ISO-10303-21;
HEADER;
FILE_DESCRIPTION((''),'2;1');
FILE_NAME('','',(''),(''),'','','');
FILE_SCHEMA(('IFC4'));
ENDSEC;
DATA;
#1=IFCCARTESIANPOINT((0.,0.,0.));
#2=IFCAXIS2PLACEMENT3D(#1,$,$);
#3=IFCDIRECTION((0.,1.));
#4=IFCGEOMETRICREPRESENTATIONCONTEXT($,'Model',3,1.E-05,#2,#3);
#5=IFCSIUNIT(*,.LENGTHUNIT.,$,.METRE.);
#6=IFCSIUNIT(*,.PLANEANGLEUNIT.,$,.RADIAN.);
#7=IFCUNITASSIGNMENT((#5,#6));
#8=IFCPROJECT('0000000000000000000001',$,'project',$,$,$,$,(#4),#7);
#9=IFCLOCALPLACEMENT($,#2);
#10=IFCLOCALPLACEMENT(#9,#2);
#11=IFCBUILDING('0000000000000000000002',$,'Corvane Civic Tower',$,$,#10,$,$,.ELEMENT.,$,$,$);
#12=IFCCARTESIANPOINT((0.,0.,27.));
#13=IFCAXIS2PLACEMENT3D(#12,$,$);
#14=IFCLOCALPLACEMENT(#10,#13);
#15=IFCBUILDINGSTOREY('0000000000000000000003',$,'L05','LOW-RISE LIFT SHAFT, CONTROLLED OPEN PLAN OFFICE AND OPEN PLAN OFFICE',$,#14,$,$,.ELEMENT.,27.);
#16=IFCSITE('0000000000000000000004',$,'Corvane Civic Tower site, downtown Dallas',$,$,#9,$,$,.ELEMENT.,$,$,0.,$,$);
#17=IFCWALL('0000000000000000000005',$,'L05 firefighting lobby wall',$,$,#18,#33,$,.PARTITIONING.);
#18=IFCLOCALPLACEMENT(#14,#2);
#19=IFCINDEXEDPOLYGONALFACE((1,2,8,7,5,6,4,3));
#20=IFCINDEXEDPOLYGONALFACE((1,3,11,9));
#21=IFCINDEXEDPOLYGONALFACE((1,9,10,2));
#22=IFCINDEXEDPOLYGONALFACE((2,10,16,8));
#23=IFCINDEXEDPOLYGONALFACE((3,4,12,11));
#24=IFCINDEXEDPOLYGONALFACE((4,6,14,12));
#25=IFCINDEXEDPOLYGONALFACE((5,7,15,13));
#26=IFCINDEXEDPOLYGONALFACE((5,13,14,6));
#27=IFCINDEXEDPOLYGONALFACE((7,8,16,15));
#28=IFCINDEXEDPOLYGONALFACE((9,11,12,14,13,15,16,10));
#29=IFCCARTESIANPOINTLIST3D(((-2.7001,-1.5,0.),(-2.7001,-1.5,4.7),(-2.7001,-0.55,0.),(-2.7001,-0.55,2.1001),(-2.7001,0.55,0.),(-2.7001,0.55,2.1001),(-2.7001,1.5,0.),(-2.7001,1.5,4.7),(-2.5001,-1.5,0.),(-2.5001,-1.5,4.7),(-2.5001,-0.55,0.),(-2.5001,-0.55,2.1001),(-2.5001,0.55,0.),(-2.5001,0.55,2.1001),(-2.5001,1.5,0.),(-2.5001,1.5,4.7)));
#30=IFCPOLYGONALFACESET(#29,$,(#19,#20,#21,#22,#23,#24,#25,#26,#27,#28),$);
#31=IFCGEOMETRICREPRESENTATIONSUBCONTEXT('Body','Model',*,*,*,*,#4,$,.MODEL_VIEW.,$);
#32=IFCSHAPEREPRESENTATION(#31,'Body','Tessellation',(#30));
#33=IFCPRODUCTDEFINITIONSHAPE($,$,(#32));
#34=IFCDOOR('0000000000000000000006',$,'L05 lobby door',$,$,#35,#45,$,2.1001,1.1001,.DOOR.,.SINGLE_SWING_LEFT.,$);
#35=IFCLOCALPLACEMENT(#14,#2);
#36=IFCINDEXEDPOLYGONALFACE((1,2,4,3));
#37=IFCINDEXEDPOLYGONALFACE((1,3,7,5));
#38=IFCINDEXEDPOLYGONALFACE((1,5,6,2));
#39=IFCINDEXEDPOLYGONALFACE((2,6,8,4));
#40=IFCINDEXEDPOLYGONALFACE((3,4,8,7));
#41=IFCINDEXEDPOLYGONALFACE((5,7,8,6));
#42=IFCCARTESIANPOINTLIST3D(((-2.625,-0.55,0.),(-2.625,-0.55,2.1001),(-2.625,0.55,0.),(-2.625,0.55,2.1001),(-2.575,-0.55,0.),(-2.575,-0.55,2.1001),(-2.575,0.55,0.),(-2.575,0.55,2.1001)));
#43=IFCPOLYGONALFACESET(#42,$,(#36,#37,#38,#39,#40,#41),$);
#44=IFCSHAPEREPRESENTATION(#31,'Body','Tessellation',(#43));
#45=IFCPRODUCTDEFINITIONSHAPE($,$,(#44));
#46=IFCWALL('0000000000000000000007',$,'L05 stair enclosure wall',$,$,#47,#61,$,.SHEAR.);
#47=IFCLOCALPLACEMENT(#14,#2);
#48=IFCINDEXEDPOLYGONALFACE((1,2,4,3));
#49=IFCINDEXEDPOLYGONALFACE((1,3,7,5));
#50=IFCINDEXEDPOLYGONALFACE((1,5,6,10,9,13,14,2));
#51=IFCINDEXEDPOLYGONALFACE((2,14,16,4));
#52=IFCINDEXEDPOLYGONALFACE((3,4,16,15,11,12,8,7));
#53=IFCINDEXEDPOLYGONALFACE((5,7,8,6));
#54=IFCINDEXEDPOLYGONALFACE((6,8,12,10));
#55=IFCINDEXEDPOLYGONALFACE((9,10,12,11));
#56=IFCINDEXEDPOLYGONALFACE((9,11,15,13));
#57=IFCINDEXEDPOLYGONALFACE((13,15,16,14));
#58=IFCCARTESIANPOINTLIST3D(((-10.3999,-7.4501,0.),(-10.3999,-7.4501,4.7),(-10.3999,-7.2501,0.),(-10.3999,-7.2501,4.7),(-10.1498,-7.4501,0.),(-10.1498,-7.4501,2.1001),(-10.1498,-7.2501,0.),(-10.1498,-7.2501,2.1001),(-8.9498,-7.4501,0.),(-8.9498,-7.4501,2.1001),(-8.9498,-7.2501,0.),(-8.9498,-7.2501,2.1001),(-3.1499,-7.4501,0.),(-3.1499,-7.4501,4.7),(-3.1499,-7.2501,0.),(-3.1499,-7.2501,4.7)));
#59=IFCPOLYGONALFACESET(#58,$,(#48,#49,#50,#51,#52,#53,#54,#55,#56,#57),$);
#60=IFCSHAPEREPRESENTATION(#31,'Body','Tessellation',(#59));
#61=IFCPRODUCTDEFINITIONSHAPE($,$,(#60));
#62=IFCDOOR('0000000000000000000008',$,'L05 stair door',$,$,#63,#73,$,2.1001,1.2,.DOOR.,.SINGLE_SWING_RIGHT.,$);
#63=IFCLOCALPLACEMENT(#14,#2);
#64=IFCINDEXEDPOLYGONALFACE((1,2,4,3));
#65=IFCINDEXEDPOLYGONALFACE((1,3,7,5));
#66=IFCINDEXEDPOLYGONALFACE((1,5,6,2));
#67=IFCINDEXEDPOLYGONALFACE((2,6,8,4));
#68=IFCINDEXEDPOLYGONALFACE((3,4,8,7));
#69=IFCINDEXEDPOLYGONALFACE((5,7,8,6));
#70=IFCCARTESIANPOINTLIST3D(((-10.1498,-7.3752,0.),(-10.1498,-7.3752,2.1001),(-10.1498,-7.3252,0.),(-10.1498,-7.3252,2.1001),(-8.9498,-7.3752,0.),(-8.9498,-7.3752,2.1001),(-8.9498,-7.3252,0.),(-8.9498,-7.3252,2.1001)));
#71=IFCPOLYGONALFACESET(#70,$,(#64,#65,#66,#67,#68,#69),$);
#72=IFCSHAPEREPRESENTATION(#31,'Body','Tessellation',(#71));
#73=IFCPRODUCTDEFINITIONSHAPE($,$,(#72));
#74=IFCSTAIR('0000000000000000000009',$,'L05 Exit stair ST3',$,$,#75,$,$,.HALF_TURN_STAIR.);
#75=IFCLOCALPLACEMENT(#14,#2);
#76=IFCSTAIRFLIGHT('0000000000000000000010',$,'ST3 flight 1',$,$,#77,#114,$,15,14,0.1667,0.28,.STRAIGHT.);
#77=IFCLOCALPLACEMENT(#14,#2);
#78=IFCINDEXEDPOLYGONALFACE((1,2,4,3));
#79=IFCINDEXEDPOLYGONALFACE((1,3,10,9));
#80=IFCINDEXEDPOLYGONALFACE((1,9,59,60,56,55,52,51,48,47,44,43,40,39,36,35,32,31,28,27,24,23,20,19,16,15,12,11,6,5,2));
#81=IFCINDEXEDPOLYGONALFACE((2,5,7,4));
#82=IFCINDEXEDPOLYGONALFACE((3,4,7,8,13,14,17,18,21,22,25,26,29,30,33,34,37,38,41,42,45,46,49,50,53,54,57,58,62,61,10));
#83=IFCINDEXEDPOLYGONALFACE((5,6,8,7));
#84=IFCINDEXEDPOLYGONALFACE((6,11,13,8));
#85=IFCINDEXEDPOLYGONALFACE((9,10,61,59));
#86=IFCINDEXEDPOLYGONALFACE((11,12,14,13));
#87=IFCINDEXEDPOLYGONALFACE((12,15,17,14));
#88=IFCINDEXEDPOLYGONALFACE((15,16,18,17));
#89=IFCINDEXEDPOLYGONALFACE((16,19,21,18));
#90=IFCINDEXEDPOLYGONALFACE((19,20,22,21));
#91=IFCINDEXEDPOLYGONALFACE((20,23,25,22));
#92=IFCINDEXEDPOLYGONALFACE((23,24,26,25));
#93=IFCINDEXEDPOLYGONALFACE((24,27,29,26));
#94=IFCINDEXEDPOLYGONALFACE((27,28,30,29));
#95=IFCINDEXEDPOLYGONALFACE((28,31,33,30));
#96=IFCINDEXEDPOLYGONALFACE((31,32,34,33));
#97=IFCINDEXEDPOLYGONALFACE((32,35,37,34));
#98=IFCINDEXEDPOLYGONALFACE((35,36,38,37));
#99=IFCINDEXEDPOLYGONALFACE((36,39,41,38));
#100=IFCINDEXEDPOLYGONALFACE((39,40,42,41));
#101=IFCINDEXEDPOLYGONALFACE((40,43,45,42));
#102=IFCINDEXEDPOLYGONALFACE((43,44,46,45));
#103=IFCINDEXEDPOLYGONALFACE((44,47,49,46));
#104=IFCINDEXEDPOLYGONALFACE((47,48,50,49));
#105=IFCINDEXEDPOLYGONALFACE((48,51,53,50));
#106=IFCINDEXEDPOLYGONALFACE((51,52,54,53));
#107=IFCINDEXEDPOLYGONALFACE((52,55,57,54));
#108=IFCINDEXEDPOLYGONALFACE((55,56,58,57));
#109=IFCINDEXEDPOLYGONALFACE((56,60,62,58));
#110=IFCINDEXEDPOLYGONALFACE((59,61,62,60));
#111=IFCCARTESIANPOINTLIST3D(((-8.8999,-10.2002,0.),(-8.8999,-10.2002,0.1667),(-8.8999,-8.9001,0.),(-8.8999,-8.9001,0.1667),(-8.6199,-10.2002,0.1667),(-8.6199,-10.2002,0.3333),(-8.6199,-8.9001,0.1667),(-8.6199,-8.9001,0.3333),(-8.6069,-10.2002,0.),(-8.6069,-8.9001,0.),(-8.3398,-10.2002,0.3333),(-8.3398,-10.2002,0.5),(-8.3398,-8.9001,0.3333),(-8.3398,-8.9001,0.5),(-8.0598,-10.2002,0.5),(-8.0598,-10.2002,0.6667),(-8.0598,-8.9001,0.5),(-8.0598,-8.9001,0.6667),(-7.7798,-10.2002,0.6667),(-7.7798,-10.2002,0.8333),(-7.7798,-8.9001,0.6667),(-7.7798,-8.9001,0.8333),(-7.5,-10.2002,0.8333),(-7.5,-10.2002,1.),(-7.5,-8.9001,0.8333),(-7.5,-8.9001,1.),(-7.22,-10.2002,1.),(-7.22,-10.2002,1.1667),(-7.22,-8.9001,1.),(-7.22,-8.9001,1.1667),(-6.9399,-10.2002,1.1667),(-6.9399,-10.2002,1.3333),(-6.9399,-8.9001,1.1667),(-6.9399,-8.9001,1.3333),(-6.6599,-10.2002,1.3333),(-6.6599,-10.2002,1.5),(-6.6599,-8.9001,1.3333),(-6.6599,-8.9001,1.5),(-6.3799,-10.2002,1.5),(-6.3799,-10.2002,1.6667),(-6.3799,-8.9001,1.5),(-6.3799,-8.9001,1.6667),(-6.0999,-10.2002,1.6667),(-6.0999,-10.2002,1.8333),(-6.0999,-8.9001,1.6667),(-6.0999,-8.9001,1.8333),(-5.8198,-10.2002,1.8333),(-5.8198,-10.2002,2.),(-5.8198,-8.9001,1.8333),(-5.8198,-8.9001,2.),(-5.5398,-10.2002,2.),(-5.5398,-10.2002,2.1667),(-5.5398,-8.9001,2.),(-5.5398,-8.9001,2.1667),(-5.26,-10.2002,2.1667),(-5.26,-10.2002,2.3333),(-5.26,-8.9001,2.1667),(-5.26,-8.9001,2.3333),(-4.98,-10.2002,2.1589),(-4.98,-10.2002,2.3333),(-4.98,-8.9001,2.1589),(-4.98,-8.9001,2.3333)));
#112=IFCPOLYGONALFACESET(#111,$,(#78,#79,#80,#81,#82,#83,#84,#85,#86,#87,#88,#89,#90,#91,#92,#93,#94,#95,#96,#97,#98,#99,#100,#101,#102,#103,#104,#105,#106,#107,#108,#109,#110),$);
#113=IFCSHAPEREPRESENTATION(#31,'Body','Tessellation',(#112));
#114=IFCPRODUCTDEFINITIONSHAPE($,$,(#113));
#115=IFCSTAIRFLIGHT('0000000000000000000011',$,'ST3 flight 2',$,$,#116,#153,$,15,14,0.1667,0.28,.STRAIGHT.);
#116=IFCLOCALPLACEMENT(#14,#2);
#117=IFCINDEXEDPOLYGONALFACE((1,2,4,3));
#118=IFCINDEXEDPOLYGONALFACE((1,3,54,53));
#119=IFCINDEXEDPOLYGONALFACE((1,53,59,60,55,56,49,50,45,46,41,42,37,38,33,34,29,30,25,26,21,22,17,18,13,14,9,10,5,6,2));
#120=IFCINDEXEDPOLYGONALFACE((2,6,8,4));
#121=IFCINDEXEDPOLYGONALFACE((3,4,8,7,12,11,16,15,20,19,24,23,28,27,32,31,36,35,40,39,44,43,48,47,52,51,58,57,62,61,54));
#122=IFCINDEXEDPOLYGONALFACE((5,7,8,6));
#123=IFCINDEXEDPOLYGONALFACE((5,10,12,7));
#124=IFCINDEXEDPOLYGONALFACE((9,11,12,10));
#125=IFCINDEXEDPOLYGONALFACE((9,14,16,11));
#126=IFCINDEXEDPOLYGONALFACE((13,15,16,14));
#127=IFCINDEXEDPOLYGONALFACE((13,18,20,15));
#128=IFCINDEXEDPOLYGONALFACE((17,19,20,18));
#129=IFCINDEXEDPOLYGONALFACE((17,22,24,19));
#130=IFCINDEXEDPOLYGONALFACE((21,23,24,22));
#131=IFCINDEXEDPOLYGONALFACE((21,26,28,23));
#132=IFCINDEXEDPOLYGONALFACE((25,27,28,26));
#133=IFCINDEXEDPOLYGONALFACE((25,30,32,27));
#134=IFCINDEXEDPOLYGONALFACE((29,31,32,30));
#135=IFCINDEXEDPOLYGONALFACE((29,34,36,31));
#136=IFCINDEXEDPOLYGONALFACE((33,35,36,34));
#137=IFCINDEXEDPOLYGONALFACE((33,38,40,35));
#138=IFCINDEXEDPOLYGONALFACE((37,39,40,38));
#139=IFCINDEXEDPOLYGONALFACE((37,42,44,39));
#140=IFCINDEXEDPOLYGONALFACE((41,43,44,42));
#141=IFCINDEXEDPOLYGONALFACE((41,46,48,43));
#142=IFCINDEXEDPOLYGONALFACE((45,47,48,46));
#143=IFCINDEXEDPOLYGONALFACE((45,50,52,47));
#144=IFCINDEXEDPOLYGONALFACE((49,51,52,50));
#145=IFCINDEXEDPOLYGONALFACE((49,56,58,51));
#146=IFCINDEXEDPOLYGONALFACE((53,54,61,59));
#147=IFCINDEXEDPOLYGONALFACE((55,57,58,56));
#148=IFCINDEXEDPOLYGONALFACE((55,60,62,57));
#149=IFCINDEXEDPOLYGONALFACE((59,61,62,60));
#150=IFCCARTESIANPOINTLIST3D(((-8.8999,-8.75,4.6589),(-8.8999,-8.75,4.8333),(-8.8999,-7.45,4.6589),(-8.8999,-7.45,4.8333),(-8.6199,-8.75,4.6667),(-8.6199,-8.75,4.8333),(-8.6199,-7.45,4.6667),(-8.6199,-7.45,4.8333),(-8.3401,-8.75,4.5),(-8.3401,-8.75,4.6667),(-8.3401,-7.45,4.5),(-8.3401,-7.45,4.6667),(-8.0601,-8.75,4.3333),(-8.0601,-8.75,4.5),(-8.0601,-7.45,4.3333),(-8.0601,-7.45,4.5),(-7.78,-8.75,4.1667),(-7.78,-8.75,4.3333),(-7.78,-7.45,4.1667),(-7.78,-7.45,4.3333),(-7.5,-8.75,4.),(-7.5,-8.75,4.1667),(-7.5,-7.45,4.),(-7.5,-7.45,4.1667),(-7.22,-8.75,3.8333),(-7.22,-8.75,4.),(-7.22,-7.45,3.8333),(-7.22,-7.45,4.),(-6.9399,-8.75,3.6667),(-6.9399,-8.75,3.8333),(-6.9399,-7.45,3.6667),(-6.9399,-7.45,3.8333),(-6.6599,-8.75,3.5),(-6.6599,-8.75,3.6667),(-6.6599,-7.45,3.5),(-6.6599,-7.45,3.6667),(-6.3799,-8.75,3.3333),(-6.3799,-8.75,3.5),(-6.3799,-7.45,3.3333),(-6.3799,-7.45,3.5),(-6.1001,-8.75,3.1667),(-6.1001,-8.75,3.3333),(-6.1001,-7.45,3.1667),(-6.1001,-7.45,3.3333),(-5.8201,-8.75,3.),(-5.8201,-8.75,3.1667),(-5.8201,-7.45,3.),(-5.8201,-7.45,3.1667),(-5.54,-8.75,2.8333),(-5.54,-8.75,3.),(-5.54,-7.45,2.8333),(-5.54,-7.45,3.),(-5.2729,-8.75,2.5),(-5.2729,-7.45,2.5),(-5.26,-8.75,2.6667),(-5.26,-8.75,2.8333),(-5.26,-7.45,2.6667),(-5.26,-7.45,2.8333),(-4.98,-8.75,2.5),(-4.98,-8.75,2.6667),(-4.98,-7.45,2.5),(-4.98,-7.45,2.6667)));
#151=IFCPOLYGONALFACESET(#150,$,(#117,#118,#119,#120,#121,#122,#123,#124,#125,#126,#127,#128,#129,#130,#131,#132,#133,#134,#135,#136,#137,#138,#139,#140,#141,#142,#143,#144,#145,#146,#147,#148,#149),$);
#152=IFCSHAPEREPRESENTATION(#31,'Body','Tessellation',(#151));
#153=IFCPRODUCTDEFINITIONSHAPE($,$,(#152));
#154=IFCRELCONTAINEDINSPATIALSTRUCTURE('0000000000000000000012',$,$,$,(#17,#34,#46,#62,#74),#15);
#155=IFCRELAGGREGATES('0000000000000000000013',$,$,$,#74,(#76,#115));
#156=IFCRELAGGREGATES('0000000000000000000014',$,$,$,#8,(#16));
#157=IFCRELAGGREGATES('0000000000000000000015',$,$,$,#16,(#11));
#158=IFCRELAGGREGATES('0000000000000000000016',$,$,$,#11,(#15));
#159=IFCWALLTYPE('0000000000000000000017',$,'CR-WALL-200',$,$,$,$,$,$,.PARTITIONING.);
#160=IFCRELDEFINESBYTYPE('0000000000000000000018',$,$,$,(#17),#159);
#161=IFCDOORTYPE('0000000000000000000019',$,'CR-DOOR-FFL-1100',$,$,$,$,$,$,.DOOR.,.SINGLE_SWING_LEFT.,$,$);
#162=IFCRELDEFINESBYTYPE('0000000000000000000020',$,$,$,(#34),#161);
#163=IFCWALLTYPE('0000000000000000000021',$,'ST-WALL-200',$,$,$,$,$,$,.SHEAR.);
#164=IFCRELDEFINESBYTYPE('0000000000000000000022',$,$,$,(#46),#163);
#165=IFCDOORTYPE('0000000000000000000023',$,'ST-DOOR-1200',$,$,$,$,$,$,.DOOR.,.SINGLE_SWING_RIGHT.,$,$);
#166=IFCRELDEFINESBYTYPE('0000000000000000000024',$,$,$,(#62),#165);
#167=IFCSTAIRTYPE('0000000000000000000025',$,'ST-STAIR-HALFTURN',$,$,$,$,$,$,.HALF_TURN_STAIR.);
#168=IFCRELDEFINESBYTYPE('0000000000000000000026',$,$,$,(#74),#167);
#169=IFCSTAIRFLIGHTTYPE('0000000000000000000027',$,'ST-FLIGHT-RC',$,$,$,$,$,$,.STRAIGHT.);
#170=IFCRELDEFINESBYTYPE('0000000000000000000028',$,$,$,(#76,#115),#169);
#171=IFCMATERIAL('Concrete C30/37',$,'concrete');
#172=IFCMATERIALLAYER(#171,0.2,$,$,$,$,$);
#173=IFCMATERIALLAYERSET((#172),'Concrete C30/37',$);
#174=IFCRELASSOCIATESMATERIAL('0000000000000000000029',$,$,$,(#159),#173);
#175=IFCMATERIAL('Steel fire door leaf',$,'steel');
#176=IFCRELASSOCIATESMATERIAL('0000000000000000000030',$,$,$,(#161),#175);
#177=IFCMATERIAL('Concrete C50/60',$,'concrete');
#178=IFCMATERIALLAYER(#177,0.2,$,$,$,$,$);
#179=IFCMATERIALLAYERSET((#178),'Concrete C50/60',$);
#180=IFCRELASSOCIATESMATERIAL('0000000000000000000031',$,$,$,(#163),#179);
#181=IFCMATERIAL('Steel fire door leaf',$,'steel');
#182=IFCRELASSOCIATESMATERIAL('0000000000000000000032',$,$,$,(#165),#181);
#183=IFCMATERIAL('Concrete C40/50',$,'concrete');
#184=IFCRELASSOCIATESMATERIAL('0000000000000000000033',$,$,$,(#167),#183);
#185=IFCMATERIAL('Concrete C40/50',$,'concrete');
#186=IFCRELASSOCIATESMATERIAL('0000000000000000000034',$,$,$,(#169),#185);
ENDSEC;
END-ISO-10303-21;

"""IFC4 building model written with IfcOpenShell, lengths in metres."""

from ifc_helpers import new_model, si_unit, direction, frame, frame_2d, origin, place, context, subcontext, project, spatial, polyline, rectangle, outline, extrude, material, layer, layer_set, type_object, element, fill, aggregate, save


model = new_model("IFC4")

# Units and contexts
model_context = context("Model", 3, precision=1e-05, world=origin(), true_north=direction((0.0, 1.0)))
body_context = subcontext(model_context, "Body", "Model", "MODEL_VIEW")
ifc_project = project(units=[si_unit("LENGTHUNIT", "METRE"), si_unit("PLANEANGLEUNIT", "RADIAN")], contexts=[model_context])

# Site, building, storey
site_placement = place(None, origin())
site = spatial("IfcSite", under=ifc_project, at=site_placement, Name="Corvane Civic Tower site, downtown Dallas", CompositionType="ELEMENT", RefElevation=0.0)
building_placement = place(site_placement, origin())
building = spatial("IfcBuilding", under=site, at=building_placement, Name="Corvane Civic Tower", CompositionType="ELEMENT")
storey_placement = place(building_placement, frame((0.0, 0.0, 27.0)))
storey = spatial("IfcBuildingStorey", under=building, at=storey_placement, Name="L05", Description="LOW-RISE LIFT SHAFT, CONTROLLED OPEN PLAN OFFICE AND OPEN PLAN OFFICE", CompositionType="ELEMENT", Elevation=27.0)

# Shared definitions
ifc_material_1 = material(Name="Concrete C30/37", Category="concrete")
ifc_layer_1 = layer(ifc_material_1, 0.2)
ifc_layer_set_1 = layer_set([ifc_layer_1], Name="Concrete C30/37")
wall_type_1 = type_object("IfcWallType", Name="CR-WALL-200", PredefinedType="PARTITIONING", material=ifc_layer_set_1)

# Walls, openings, doors
ifc_material_2 = material(Name="Steel fire door leaf", Category="steel")
door_type_1 = type_object("IfcDoorType", Name="CR-DOOR-FFL-1100", OperationType="SINGLE_SWING_LEFT", PredefinedType="DOOR", material=ifc_material_2)
wall_1_placement = place(storey_placement, frame((-2.6001, -1.5, 0.0), z_axis=(0.0, 0.0, 1.0), x_axis=(0.0, 1.0, 0.0)))
wall_1 = element("IfcWall", 1, at=wall_1_placement, inside=storey, type_object=wall_type_1, Name="L05 firefighting lobby wall", PredefinedType="PARTITIONING", context=body_context, shape_type="SweptSolid", body=[
    extrude(rectangle(XDim=3.0, YDim=0.2, at=frame_2d((1.5, 0.0))), origin(), (0.0, 0.0, 1.0), 4.7),
])
opening_1_placement = place(wall_1_placement, frame((0.95, 0.0, 0.0)))
opening_1 = element("IfcOpeningElement", 2, at=opening_1_placement, cuts=wall_1, PredefinedType="OPENING", context=body_context, shape_type="SweptSolid", body=[
    extrude(rectangle(XDim=1.1001, YDim=2.1001, at=frame_2d((0.55, 1.05))), frame((0.0, 0.1099, 0.0), z_axis=(0.0, -1.0, 0.0), x_axis=(1.0, 0.0, 0.0)), (0.0, 0.0, 1.0), 0.22),
])
door_1_placement = place(opening_1_placement, origin())
door_1 = element("IfcDoor", 3, at=door_1_placement, inside=storey, type_object=door_type_1, Name="L05 lobby door", OperationType="SINGLE_SWING_LEFT", OverallHeight=2.1001, OverallWidth=1.1001, PredefinedType="DOOR", context=body_context, shape_type="SweptSolid", body=[
    extrude(rectangle(XDim=1.1001, YDim=2.1001, at=frame_2d((0.55, 1.05))), frame((0.0, 0.0249, 0.0), z_axis=(0.0, -1.0, 0.0), x_axis=(1.0, 0.0, 0.0)), (0.0, 0.0, 1.0), 0.05),
])
fill(opening_1, door_1)
ifc_material_3 = material(Name="Concrete C50/60", Category="concrete")
ifc_layer_2 = layer(ifc_material_3, 0.2)
ifc_layer_set_2 = layer_set([ifc_layer_2], Name="Concrete C50/60")
wall_type_2 = type_object("IfcWallType", Name="ST-WALL-200", PredefinedType="SHEAR", material=ifc_layer_set_2)
wall_2_placement = place(storey_placement, frame((-10.3999, -7.3501, 0.0), z_axis=(0.0, 0.0, 1.0), x_axis=(1.0, 0.0, 0.0)))
wall_2 = element("IfcWall", 4, at=wall_2_placement, inside=storey, type_object=wall_type_2, Name="L05 stair enclosure wall", PredefinedType="SHEAR", context=body_context, shape_type="SweptSolid", body=[
    extrude(rectangle(XDim=7.25, YDim=0.2, at=frame_2d((3.625, 0.0))), origin(), (0.0, 0.0, 1.0), 4.7),
])
opening_2_placement = place(wall_2_placement, frame((0.25, 0.0, 0.0)))
opening_2 = element("IfcOpeningElement", 5, at=opening_2_placement, cuts=wall_2, PredefinedType="OPENING", context=body_context, shape_type="SweptSolid", body=[
    extrude(rectangle(XDim=1.2, YDim=2.1001, at=frame_2d((0.6001, 1.05))), frame((0.0, 0.1099, 0.0), z_axis=(0.0, -1.0, 0.0), x_axis=(1.0, 0.0, 0.0)), (0.0, 0.0, 1.0), 0.22),
])
ifc_material_4 = material(Name="Steel fire door leaf", Category="steel")
door_type_2 = type_object("IfcDoorType", Name="ST-DOOR-1200", OperationType="SINGLE_SWING_RIGHT", PredefinedType="DOOR", material=ifc_material_4)
door_2_placement = place(opening_2_placement, origin())
door_2 = element("IfcDoor", 6, at=door_2_placement, inside=storey, type_object=door_type_2, Name="L05 stair door", OperationType="SINGLE_SWING_RIGHT", OverallHeight=2.1001, OverallWidth=1.2, PredefinedType="DOOR", context=body_context, shape_type="SweptSolid", body=[
    extrude(rectangle(XDim=1.2, YDim=2.1001, at=frame_2d((0.6001, 1.05))), frame((0.0, 0.0249, 0.0), z_axis=(0.0, -1.0, 0.0), x_axis=(1.0, 0.0, 0.0)), (0.0, 0.0, 1.0), 0.05),
])
fill(opening_2, door_2)

# Stair, stair flights
ifc_material_5 = material(Name="Concrete C40/50", Category="concrete")
stair_type = type_object("IfcStairType", Name="ST-STAIR-HALFTURN", PredefinedType="HALF_TURN_STAIR", material=ifc_material_5)
stair_placement = place(storey_placement, origin())
stair = element("IfcStair", 7, at=stair_placement, inside=storey, type_object=stair_type, Name="L05 Exit stair ST3", PredefinedType="HALF_TURN_STAIR")
ifc_material_6 = material(Name="Concrete C40/50", Category="concrete")
stair_flight_type = type_object("IfcStairFlightType", Name="ST-FLIGHT-RC", PredefinedType="STRAIGHT", material=ifc_material_6)
stair_flight_1_placement = place(storey_placement, frame((-8.8999, -9.55, 0.0), z_axis=(0.0, 0.0, 1.0), x_axis=(1.0, 0.0, 0.0)))
stair_flight_1 = element("IfcStairFlight", 8, at=stair_flight_1_placement, type_object=stair_flight_type, Name="ST3 flight 1", NumberOfRisers=15, NumberOfTreads=14, PredefinedType="STRAIGHT", RiserHeight=0.1667, TreadLength=0.28, context=body_context, shape_type="SweptSolid", body=[
    extrude(outline(polyline([(0.0, 0.0), (0.0, 0.1667), (0.28, 0.1667), (0.28, 0.3333), (0.5601, 0.3333), (0.5601, 0.5), (0.8401, 0.5), (0.8401, 0.6667), (1.1201, 0.6667), (1.1201, 0.8333), (1.3999, 0.8333), (1.3999, 1.0), (1.6799, 1.0), (1.6799, 1.1667), (1.96, 1.1667), (1.96, 1.3333), (2.24, 1.3333), (2.24, 1.5), (2.52, 1.5), (2.52, 1.6667), (2.8, 1.6667), (2.8, 1.8333), (3.0801, 1.8333), (3.0801, 2.0), (3.3601, 2.0), (3.3601, 2.1667), (3.6399, 2.1667), (3.6399, 2.3333), (3.9199, 2.3333), (3.9199, 2.5), (3.9199, 2.1589), (0.293, 0.0), (0.0, 0.0)])), frame((0.0, 0.6499, 0.0), z_axis=(0.0, -1.0, 0.0), x_axis=(1.0, 0.0, 0.0)), (0.0, 0.0, 1.0), 1.3),
])
stair_flight_2_placement = place(storey_placement, frame((-4.98, -8.1001, 2.5), z_axis=(0.0, 0.0, 1.0), x_axis=(-1.0, 0.0, 0.0)))
stair_flight_2 = element("IfcStairFlight", 9, at=stair_flight_2_placement, type_object=stair_flight_type, Name="ST3 flight 2", NumberOfRisers=15, NumberOfTreads=14, PredefinedType="STRAIGHT", RiserHeight=0.1667, TreadLength=0.28, context=body_context, shape_type="SweptSolid", body=[
    extrude(outline(polyline([(0.0, 0.0), (0.0, 0.1667), (0.28, 0.1667), (0.28, 0.3333), (0.5601, 0.3333), (0.5601, 0.5), (0.8401, 0.5), (0.8401, 0.6667), (1.1201, 0.6667), (1.1201, 0.8333), (1.3999, 0.8333), (1.3999, 1.0), (1.6799, 1.0), (1.6799, 1.1667), (1.96, 1.1667), (1.96, 1.3333), (2.24, 1.3333), (2.24, 1.5), (2.52, 1.5), (2.52, 1.6667), (2.8, 1.6667), (2.8, 1.8333), (3.0801, 1.8333), (3.0801, 2.0), (3.3601, 2.0), (3.3601, 2.1667), (3.6399, 2.1667), (3.6399, 2.3333), (3.9199, 2.3333), (3.9199, 2.5), (3.9199, 2.1589), (0.293, 0.0), (0.0, 0.0)])), frame((0.0, 0.6499, 0.0), z_axis=(0.0, -1.0, 0.0), x_axis=(1.0, 0.0, 0.0)), (0.0, 0.0, 1.0), 1.3),
])
aggregate(stair, [stair_flight_1, stair_flight_2])

save(model, "model.ifc")
